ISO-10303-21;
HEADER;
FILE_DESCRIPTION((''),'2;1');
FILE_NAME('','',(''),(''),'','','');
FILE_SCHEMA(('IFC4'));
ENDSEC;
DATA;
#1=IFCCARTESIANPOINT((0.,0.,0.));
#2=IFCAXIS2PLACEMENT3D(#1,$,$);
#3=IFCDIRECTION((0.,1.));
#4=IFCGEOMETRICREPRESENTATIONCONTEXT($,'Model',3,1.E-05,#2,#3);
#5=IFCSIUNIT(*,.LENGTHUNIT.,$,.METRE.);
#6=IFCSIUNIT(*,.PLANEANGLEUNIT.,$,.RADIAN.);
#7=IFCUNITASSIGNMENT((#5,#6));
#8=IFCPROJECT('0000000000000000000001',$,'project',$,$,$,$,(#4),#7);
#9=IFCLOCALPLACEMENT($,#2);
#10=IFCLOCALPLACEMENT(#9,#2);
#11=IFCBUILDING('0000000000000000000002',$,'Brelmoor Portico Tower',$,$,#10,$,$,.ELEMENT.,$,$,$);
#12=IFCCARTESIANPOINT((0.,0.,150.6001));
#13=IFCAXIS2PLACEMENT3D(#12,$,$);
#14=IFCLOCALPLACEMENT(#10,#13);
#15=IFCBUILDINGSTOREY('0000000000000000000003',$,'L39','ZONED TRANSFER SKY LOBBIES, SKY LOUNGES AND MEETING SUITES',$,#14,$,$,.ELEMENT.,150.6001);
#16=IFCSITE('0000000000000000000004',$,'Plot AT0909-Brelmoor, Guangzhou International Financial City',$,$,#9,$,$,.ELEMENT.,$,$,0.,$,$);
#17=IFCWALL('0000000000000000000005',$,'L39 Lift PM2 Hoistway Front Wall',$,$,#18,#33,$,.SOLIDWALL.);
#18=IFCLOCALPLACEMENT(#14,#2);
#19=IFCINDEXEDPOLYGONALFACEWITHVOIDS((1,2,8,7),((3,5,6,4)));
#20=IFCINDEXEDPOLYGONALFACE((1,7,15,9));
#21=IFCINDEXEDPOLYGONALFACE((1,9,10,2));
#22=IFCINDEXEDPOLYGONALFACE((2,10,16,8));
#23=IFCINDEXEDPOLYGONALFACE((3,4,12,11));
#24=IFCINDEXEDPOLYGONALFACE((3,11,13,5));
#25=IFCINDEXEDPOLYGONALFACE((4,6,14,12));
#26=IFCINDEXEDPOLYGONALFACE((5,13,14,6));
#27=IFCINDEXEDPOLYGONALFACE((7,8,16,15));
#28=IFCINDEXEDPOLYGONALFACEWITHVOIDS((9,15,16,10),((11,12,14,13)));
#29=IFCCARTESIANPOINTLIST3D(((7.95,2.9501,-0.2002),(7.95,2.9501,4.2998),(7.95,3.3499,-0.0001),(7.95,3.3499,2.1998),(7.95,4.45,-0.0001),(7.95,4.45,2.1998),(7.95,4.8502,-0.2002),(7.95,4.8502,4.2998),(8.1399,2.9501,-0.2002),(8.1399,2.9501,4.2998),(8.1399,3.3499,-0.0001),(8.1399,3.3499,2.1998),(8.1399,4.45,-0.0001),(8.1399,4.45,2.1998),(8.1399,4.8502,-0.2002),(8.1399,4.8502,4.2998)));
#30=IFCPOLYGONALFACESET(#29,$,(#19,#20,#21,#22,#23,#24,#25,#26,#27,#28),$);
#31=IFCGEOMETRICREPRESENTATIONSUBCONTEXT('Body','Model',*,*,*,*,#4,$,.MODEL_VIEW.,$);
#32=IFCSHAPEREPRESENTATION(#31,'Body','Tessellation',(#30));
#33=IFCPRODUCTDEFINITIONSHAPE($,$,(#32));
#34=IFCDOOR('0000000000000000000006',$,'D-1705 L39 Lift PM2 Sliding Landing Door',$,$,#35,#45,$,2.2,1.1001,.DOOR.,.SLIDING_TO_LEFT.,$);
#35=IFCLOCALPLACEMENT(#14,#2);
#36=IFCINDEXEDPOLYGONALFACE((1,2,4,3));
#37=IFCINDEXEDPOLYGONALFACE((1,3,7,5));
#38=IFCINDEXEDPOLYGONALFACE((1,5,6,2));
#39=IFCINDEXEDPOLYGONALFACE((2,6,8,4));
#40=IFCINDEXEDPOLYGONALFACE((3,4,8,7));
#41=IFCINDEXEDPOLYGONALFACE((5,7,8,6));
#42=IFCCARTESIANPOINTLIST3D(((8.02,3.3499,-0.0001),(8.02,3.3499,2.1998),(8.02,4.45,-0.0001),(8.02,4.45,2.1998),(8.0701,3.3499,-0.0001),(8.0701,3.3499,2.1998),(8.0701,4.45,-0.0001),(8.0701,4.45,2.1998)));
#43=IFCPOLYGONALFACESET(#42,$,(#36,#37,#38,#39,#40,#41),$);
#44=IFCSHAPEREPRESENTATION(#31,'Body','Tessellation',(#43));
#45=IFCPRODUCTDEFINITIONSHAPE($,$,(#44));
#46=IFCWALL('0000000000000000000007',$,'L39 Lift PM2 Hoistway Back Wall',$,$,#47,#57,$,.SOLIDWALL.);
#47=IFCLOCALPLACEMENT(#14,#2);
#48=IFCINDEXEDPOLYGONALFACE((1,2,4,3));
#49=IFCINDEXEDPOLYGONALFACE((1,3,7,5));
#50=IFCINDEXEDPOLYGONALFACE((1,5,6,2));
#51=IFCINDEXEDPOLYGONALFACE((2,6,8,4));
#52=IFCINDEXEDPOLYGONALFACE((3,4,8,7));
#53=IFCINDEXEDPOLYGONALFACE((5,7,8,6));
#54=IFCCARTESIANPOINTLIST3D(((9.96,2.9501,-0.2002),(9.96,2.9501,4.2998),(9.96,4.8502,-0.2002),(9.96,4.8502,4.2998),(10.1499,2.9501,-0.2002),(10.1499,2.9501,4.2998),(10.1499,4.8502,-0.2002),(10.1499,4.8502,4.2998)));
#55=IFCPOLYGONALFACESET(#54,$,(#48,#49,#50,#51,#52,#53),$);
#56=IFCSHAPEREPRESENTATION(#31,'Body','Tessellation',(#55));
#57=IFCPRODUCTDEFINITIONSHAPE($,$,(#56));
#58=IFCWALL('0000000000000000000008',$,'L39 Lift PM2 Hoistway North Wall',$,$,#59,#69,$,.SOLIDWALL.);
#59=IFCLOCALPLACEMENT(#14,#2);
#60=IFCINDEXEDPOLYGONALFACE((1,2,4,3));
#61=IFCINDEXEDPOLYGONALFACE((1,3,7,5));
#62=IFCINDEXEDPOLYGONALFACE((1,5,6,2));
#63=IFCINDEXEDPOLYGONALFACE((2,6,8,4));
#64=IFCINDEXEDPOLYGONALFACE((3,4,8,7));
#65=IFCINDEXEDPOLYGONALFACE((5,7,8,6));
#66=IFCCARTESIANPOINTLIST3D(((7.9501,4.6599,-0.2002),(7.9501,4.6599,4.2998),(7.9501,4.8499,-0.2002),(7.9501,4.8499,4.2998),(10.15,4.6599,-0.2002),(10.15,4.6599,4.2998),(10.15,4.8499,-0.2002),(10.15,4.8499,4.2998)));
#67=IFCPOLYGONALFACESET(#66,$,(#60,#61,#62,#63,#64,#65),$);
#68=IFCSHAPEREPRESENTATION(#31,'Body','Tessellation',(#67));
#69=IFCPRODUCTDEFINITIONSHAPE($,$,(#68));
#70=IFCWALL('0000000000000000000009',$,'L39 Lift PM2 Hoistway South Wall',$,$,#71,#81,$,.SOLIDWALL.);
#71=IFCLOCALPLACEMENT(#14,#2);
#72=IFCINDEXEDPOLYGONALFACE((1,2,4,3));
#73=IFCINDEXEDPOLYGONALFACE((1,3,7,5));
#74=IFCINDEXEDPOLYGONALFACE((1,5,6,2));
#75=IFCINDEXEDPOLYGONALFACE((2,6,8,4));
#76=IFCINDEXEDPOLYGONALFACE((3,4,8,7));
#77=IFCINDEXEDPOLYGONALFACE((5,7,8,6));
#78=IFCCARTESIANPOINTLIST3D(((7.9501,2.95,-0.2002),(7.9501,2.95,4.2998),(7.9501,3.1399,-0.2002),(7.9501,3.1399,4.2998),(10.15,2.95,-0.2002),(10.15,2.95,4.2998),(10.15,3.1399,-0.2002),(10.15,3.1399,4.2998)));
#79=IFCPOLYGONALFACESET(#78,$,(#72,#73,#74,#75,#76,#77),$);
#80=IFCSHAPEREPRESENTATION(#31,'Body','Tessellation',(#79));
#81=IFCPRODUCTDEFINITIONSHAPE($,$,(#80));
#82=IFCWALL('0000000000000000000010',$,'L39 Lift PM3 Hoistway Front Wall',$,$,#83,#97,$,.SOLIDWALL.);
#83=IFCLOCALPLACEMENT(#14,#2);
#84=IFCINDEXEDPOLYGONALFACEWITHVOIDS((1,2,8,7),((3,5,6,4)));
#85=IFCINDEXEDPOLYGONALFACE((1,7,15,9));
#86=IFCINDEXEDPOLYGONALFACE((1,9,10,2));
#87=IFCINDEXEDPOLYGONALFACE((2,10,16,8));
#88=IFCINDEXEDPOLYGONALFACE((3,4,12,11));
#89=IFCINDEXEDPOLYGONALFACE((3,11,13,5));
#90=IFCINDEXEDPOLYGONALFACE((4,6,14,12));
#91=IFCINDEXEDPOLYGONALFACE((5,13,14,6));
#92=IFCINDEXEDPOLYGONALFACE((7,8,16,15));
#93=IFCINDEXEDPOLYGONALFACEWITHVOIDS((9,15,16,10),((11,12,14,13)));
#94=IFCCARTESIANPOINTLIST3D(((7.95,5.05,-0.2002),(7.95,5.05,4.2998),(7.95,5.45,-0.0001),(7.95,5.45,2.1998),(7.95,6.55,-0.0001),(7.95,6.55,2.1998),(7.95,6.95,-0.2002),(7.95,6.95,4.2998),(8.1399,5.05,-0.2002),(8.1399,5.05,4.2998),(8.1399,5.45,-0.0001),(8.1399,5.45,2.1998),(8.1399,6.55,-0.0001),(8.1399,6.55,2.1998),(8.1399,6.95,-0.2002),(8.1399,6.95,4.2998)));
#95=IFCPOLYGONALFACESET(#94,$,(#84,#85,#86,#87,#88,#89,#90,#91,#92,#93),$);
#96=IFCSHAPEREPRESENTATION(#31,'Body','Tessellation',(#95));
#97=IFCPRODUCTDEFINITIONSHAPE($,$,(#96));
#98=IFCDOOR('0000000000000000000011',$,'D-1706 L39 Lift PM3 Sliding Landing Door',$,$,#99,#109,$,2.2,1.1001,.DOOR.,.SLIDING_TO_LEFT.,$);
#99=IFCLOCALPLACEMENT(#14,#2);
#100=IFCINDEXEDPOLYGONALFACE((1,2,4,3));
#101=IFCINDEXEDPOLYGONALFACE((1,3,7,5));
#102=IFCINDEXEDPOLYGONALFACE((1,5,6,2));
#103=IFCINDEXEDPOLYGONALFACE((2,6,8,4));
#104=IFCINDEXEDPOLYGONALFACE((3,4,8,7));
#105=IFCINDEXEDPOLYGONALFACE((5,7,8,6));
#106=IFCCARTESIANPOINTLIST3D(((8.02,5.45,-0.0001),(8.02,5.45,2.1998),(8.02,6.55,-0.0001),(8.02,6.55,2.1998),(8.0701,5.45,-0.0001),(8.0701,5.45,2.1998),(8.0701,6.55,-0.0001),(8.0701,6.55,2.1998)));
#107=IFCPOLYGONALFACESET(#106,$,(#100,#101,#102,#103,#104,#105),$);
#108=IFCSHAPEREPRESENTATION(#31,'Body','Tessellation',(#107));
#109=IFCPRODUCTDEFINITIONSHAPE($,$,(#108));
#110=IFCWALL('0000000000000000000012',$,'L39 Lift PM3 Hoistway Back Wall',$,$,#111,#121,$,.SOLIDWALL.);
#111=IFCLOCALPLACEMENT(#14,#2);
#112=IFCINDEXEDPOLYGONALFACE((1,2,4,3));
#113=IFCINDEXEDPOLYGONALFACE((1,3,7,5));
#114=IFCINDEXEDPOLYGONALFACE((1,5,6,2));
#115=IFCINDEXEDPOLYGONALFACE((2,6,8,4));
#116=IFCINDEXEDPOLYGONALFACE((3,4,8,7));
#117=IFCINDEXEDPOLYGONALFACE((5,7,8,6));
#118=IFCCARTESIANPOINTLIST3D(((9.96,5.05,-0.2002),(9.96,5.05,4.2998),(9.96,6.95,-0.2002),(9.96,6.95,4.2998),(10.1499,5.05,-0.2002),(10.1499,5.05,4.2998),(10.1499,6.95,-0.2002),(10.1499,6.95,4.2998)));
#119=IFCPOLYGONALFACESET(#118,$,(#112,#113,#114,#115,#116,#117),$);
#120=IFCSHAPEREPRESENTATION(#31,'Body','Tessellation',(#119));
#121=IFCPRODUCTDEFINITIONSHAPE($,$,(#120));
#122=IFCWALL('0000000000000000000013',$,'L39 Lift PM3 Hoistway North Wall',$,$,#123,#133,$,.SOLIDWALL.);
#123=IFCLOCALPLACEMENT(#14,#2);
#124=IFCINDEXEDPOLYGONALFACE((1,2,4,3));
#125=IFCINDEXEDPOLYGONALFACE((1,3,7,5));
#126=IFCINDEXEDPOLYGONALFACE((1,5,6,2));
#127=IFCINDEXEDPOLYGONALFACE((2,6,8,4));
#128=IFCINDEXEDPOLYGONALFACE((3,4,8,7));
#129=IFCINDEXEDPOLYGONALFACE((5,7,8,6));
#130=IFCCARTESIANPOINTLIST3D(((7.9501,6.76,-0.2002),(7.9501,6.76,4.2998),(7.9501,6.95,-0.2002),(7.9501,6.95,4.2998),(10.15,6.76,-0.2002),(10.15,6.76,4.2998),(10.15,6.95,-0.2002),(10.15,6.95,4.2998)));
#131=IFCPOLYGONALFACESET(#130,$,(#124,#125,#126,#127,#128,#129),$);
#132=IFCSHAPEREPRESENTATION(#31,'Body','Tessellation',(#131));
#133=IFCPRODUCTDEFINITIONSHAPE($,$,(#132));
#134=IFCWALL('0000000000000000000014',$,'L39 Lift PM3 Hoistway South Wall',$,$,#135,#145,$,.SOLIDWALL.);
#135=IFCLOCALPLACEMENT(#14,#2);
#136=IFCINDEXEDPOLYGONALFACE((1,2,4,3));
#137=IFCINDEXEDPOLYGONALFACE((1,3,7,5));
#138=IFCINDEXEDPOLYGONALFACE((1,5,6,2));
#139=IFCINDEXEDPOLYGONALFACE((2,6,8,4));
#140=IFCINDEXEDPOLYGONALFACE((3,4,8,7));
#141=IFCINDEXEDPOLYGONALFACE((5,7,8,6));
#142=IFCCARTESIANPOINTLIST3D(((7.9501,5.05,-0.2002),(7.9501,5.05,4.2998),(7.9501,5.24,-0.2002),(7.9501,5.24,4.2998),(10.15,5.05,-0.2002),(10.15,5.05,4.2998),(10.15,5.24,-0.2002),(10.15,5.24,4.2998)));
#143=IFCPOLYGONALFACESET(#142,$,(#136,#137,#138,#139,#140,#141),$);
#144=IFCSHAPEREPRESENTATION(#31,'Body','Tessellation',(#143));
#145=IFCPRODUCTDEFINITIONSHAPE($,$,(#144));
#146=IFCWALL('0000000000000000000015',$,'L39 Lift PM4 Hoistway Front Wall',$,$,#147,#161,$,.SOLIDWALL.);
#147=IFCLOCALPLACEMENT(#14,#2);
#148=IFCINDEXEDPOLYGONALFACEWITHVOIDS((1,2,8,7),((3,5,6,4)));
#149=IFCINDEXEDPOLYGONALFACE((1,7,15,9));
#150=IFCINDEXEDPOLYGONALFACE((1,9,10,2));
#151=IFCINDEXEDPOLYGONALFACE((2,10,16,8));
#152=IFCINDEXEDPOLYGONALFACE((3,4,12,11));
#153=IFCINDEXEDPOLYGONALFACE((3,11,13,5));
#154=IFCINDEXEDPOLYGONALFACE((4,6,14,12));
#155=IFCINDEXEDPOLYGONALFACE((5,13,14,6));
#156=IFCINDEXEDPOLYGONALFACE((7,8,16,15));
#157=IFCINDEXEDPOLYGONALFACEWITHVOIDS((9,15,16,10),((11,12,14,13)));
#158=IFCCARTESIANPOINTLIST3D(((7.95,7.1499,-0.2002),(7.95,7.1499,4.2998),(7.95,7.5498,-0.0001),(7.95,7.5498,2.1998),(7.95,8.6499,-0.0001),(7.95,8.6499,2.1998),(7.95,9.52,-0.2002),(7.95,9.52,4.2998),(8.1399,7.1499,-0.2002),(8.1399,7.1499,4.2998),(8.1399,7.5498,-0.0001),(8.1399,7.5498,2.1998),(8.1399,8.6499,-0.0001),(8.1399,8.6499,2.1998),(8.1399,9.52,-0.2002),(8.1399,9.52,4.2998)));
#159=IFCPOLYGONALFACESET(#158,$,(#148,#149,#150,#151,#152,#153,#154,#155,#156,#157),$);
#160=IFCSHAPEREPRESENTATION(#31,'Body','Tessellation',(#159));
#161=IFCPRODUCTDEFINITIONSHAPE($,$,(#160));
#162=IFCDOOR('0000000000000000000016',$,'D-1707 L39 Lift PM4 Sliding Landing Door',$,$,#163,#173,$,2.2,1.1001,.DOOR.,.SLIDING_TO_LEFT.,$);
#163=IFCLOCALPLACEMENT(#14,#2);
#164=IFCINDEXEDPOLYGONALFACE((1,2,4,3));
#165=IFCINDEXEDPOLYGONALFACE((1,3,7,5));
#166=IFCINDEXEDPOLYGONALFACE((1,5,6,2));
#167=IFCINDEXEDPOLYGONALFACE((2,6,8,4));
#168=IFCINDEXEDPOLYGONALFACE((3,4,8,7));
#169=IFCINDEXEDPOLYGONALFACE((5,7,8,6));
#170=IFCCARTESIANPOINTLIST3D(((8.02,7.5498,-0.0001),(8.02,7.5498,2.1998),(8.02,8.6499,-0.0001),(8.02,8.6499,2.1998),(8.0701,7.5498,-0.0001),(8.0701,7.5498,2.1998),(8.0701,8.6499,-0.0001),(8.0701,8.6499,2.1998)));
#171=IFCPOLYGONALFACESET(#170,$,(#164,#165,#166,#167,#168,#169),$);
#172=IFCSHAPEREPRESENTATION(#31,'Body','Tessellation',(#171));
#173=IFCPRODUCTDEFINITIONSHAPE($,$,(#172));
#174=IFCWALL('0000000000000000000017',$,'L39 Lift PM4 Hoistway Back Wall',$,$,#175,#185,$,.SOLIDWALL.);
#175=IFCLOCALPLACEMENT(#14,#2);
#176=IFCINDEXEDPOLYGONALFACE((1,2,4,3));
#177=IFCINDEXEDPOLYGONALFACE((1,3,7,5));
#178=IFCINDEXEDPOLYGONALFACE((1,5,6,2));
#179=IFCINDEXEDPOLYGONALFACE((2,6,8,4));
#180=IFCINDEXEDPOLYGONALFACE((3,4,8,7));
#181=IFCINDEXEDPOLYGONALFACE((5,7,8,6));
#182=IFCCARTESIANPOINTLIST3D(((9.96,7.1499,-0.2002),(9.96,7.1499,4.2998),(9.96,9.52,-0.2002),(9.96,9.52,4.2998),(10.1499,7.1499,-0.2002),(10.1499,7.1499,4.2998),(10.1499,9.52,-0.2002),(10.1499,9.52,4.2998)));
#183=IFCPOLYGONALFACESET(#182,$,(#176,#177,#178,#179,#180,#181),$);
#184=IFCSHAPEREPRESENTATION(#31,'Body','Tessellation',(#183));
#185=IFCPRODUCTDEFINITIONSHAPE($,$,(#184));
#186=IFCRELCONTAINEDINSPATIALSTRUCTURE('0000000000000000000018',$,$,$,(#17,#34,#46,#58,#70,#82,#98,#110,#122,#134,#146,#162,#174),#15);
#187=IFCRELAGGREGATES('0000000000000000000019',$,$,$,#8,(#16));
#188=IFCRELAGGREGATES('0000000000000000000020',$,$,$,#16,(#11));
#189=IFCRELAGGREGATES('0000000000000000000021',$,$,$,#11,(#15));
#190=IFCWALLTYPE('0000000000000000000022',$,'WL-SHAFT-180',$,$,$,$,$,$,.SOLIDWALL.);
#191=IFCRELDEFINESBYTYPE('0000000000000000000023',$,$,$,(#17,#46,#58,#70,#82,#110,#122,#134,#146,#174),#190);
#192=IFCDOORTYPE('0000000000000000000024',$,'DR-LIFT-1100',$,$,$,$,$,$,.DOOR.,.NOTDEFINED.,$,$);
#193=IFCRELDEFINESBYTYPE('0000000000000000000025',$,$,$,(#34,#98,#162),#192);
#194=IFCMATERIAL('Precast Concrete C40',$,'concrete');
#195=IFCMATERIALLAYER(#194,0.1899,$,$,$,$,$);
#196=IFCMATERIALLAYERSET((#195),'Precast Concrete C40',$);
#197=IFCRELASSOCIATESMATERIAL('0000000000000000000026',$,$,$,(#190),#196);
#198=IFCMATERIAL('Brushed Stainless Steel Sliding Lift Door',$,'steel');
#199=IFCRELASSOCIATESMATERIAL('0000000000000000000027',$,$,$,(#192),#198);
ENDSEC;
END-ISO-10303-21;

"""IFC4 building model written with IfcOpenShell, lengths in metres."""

from ifc_helpers import new_model, si_unit, direction, frame, frame_2d, origin, place, context, subcontext, project, spatial, rectangle, extrude, material, layer, layer_set, type_object, element, fill, save


model = new_model("IFC4")

# Units and contexts
model_context = context("Model", 3, precision=1e-05, world=origin(), true_north=direction((0.0, 1.0)))
body_context = subcontext(model_context, "Body", "Model", "MODEL_VIEW")
ifc_project = project(units=[si_unit("LENGTHUNIT", "METRE"), si_unit("PLANEANGLEUNIT", "RADIAN")], contexts=[model_context])

# Site, building, storey
site_placement = place(None, origin())
site = spatial("IfcSite", under=ifc_project, at=site_placement, Name="Plot AT0909-Brelmoor, Guangzhou International Financial City", CompositionType="ELEMENT", RefElevation=0.0)
building_placement = place(site_placement, origin())
building = spatial("IfcBuilding", under=site, at=building_placement, Name="Brelmoor Portico Tower", CompositionType="ELEMENT")
storey_placement = place(building_placement, frame((0.0, 0.0, 150.6001)))
storey = spatial("IfcBuildingStorey", under=building, at=storey_placement, Name="L39", Description="ZONED TRANSFER SKY LOBBIES, SKY LOUNGES AND MEETING SUITES", CompositionType="ELEMENT", Elevation=150.6001)

# Shared definitions
ifc_material_1 = material(Name="Precast Concrete C40", Category="concrete")
ifc_layer_1 = layer(ifc_material_1, 0.1899)
ifc_layer_set_1 = layer_set([ifc_layer_1], Name="Precast Concrete C40")
wall_type_1 = type_object("IfcWallType", Name="WL-SHAFT-180", PredefinedType="SOLIDWALL", material=ifc_layer_set_1)
ifc_material_2 = material(Name="Brushed Stainless Steel Sliding Lift Door", Category="steel")
door_type = type_object("IfcDoorType", Name="DR-LIFT-1100", OperationType="NOTDEFINED", PredefinedType="DOOR", material=ifc_material_2)

# Wall, opening, door
wall_1_placement = place(storey_placement, frame((8.0449, 2.95, -0.2002), z_axis=(0.0, 0.0, 1.0), x_axis=(0.0, 1.0, 0.0)))
wall_1 = element("IfcWall", 1, at=wall_1_placement, inside=storey, type_object=wall_type_1, Name="L39 Lift PM2 Hoistway Front Wall", PredefinedType="SOLIDWALL", context=body_context, shape_type="SweptSolid", body=[
    extrude(rectangle(XDim=1.9001, YDim=0.1899, at=frame_2d((0.9502, 0.0))), origin(), (0.0, 0.0, 1.0), 4.5),
])
opening_1_placement = place(wall_1_placement, frame((0.3999, 0.0, 0.2)))
opening_1 = element("IfcOpeningElement", 2, at=opening_1_placement, cuts=wall_1, PredefinedType="OPENING", context=body_context, shape_type="SweptSolid", body=[
    extrude(rectangle(XDim=1.1001, YDim=2.2, at=frame_2d((0.55, 1.1001))), frame((0.0, 0.105, 0.0), z_axis=(0.0, -1.0, 0.0), x_axis=(1.0, 0.0, 0.0)), (0.0, 0.0, 1.0), 0.21),
])
door_1_placement = place(opening_1_placement, origin())
door_1 = element("IfcDoor", 3, at=door_1_placement, inside=storey, type_object=door_type, Name="D-1705 L39 Lift PM2 Sliding Landing Door", OperationType="SLIDING_TO_LEFT", OverallHeight=2.2, OverallWidth=1.1001, PredefinedType="DOOR", context=body_context, shape_type="SweptSolid", body=[
    extrude(rectangle(XDim=1.1001, YDim=2.2, at=frame_2d((0.55, 1.1001))), frame((0.0, 0.0249, 0.0), z_axis=(0.0, -1.0, 0.0), x_axis=(1.0, 0.0, 0.0)), (0.0, 0.0, 1.0), 0.05),
])
fill(opening_1, door_1)

# Walls
wall_2_placement = place(storey_placement, frame((10.0549, 2.95, -0.2002), z_axis=(0.0, 0.0, 1.0), x_axis=(0.0, 1.0, 0.0)))
element("IfcWall", 4, at=wall_2_placement, inside=storey, type_object=wall_type_1, Name="L39 Lift PM2 Hoistway Back Wall", PredefinedType="SOLIDWALL", context=body_context, shape_type="SweptSolid", body=[
    extrude(rectangle(XDim=1.9001, YDim=0.1899, at=frame_2d((0.9502, 0.0))), origin(), (0.0, 0.0, 1.0), 4.5),
])
for number, where, z_axis, x_axis, name in (
    (5, (7.95, 4.7549, -0.2002), (0.0, 0.0, 1.0), (1.0, 0.0, 0.0), "L39 Lift PM2 Hoistway North Wall"),
    (6, (7.95, 3.0449, -0.2002), (0.0, 0.0, 1.0), (1.0, 0.0, 0.0), "L39 Lift PM2 Hoistway South Wall"),
):
    element("IfcWall", number, at=place(storey_placement, frame(where, z_axis=z_axis, x_axis=x_axis)), inside=storey, type_object=wall_type_1, Name=name, PredefinedType="SOLIDWALL", context=body_context, shape_type="SweptSolid", body=[
        extrude(rectangle(XDim=2.2, YDim=0.1899, at=frame_2d((1.1001, 0.0))), origin(), (0.0, 0.0, 1.0), 4.5),
    ])

# Wall, opening, door
wall_3_placement = place(storey_placement, frame((8.0449, 5.05, -0.2002), z_axis=(0.0, 0.0, 1.0), x_axis=(0.0, 1.0, 0.0)))
wall_3 = element("IfcWall", 7, at=wall_3_placement, inside=storey, type_object=wall_type_1, Name="L39 Lift PM3 Hoistway Front Wall", PredefinedType="SOLIDWALL", context=body_context, shape_type="SweptSolid", body=[
    extrude(rectangle(XDim=1.8999, YDim=0.1899, at=frame_2d((0.95, 0.0))), origin(), (0.0, 0.0, 1.0), 4.5),
])
opening_2_placement = place(wall_3_placement, frame((0.3999, 0.0, 0.2)))
opening_2 = element("IfcOpeningElement", 8, at=opening_2_placement, cuts=wall_3, PredefinedType="OPENING", context=body_context, shape_type="SweptSolid", body=[
    extrude(rectangle(XDim=1.1001, YDim=2.2, at=frame_2d((0.55, 1.1001))), frame((0.0, 0.105, 0.0), z_axis=(0.0, -1.0, 0.0), x_axis=(1.0, 0.0, 0.0)), (0.0, 0.0, 1.0), 0.21),
])
door_2_placement = place(opening_2_placement, origin())
door_2 = element("IfcDoor", 9, at=door_2_placement, inside=storey, type_object=door_type, Name="D-1706 L39 Lift PM3 Sliding Landing Door", OperationType="SLIDING_TO_LEFT", OverallHeight=2.2, OverallWidth=1.1001, PredefinedType="DOOR", context=body_context, shape_type="SweptSolid", body=[
    extrude(rectangle(XDim=1.1001, YDim=2.2, at=frame_2d((0.55, 1.1001))), frame((0.0, 0.0249, 0.0), z_axis=(0.0, -1.0, 0.0), x_axis=(1.0, 0.0, 0.0)), (0.0, 0.0, 1.0), 0.05),
])
fill(opening_2, door_2)

# Walls
wall_4_placement = place(storey_placement, frame((10.0549, 5.05, -0.2002), z_axis=(0.0, 0.0, 1.0), x_axis=(0.0, 1.0, 0.0)))
element("IfcWall", 10, at=wall_4_placement, inside=storey, type_object=wall_type_1, Name="L39 Lift PM3 Hoistway Back Wall", PredefinedType="SOLIDWALL", context=body_context, shape_type="SweptSolid", body=[
    extrude(rectangle(XDim=1.8999, YDim=0.1899, at=frame_2d((0.95, 0.0))), origin(), (0.0, 0.0, 1.0), 4.5),
])
for number, where, z_axis, x_axis, name in (
    (11, (7.95, 6.855, -0.2002), (0.0, 0.0, 1.0), (1.0, 0.0, 0.0), "L39 Lift PM3 Hoistway North Wall"),
    (12, (7.95, 5.145, -0.2002), (0.0, 0.0, 1.0), (1.0, 0.0, 0.0), "L39 Lift PM3 Hoistway South Wall"),
):
    element("IfcWall", number, at=place(storey_placement, frame(where, z_axis=z_axis, x_axis=x_axis)), inside=storey, type_object=wall_type_1, Name=name, PredefinedType="SOLIDWALL", context=body_context, shape_type="SweptSolid", body=[
        extrude(rectangle(XDim=2.2, YDim=0.1899, at=frame_2d((1.1001, 0.0))), origin(), (0.0, 0.0, 1.0), 4.5),
    ])

# Wall, opening, door
wall_5_placement = place(storey_placement, frame((8.0449, 7.1499, -0.2002), z_axis=(0.0, 0.0, 1.0), x_axis=(0.0, 1.0, 0.0)))
wall_5 = element("IfcWall", 13, at=wall_5_placement, inside=storey, type_object=wall_type_1, Name="L39 Lift PM4 Hoistway Front Wall", PredefinedType="SOLIDWALL", context=body_context, shape_type="SweptSolid", body=[
    extrude(rectangle(XDim=2.3701, YDim=0.1899, at=frame_2d((1.1851, 0.0))), origin(), (0.0, 0.0, 1.0), 4.5),
])
opening_3_placement = place(wall_5_placement, frame((0.3999, 0.0, 0.2)))
opening_3 = element("IfcOpeningElement", 14, at=opening_3_placement, cuts=wall_5, PredefinedType="OPENING", context=body_context, shape_type="SweptSolid", body=[
    extrude(rectangle(XDim=1.1001, YDim=2.2, at=frame_2d((0.55, 1.1001))), frame((0.0, 0.105, 0.0), z_axis=(0.0, -1.0, 0.0), x_axis=(1.0, 0.0, 0.0)), (0.0, 0.0, 1.0), 0.21),
])
door_3_placement = place(opening_3_placement, origin())
door_3 = element("IfcDoor", 15, at=door_3_placement, inside=storey, type_object=door_type, Name="D-1707 L39 Lift PM4 Sliding Landing Door", OperationType="SLIDING_TO_LEFT", OverallHeight=2.2, OverallWidth=1.1001, PredefinedType="DOOR", context=body_context, shape_type="SweptSolid", body=[
    extrude(rectangle(XDim=1.1001, YDim=2.2, at=frame_2d((0.55, 1.1001))), frame((0.0, 0.0249, 0.0), z_axis=(0.0, -1.0, 0.0), x_axis=(1.0, 0.0, 0.0)), (0.0, 0.0, 1.0), 0.05),
])
fill(opening_3, door_3)

# Wall
wall_6_placement = place(storey_placement, frame((10.0549, 7.1499, -0.2002), z_axis=(0.0, 0.0, 1.0), x_axis=(0.0, 1.0, 0.0)))
element("IfcWall", 16, at=wall_6_placement, inside=storey, type_object=wall_type_1, Name="L39 Lift PM4 Hoistway Back Wall", PredefinedType="SOLIDWALL", context=body_context, shape_type="SweptSolid", body=[
    extrude(rectangle(XDim=2.3701, YDim=0.1899, at=frame_2d((1.1851, 0.0))), origin(), (0.0, 0.0, 1.0), 4.5),
])

save(model, "model.ifc")
